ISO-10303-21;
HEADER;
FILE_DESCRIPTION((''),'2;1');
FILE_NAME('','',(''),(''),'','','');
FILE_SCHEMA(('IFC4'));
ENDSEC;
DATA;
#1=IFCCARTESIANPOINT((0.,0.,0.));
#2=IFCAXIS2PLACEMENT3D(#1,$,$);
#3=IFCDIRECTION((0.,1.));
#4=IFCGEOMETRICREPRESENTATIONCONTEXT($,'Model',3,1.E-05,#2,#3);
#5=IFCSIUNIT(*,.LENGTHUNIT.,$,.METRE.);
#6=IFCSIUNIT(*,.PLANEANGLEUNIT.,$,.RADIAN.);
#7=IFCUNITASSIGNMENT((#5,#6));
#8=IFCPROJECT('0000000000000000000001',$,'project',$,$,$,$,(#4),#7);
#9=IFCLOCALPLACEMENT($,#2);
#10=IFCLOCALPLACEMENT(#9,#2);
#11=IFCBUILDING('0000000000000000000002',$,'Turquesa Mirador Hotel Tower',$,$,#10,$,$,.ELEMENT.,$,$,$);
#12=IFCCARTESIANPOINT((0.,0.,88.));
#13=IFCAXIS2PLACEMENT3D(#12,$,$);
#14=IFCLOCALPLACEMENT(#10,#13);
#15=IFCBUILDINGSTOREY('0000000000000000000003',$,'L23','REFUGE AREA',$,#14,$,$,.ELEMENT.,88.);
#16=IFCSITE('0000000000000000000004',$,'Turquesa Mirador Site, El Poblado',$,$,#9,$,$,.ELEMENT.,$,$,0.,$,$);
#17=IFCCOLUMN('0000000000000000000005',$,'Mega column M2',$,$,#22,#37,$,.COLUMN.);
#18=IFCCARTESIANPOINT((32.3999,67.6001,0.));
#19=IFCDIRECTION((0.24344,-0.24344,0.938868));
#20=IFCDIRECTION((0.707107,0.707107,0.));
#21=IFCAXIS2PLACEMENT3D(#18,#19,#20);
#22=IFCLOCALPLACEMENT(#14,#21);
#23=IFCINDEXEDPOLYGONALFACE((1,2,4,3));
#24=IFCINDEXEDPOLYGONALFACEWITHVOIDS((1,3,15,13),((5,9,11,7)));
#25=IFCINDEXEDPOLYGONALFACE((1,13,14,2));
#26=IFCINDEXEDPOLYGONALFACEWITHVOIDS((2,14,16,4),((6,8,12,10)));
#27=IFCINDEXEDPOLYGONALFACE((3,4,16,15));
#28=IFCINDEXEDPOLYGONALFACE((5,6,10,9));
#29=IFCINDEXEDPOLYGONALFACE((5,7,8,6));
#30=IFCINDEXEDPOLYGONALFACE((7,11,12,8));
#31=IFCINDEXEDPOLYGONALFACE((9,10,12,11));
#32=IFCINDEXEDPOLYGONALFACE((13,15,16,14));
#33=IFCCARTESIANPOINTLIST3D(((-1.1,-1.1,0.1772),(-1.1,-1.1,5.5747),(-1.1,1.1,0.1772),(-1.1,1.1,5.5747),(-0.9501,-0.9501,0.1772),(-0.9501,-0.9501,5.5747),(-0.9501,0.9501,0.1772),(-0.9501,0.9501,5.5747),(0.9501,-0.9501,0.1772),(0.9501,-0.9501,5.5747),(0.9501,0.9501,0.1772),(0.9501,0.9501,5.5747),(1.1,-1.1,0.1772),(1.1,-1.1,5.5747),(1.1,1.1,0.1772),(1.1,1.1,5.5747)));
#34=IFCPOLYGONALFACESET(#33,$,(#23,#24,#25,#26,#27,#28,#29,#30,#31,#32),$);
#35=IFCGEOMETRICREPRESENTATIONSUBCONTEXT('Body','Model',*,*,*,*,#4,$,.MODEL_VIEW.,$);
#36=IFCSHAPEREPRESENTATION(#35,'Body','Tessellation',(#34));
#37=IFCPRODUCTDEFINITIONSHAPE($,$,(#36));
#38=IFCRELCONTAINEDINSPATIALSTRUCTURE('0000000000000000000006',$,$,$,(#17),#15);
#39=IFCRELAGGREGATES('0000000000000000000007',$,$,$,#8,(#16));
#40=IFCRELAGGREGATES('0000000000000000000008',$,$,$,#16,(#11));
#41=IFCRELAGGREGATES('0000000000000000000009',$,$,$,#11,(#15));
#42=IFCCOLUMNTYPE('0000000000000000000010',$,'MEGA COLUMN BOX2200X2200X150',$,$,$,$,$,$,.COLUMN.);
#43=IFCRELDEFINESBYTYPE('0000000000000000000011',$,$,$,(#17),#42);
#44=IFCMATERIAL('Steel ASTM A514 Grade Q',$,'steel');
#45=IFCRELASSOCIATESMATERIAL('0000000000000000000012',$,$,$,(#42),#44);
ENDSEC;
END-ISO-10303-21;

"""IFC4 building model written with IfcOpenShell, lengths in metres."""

from ifc_helpers import new_model, si_unit, direction, frame, origin, origin_2d, place, context, subcontext, project, spatial, hollow_rectangle, extrude, clip, halfspace, material, material_profile, profile_set, type_object, element, save


model = new_model("IFC4")

# Units and contexts
model_context = context("Model", 3, precision=1e-05, world=origin(), true_north=direction((0.0, 1.0)))
body_context = subcontext(model_context, "Body", "Model", "MODEL_VIEW")
ifc_project = project(units=[si_unit("LENGTHUNIT", "METRE"), si_unit("PLANEANGLEUNIT", "RADIAN")], contexts=[model_context])

# Site, building, storey
site_placement = place(None, origin())
site = spatial("IfcSite", under=ifc_project, at=site_placement, Name="Turquesa Mirador Site, El Poblado", CompositionType="ELEMENT", RefElevation=0.0)
building_placement = place(site_placement, origin())
building = spatial("IfcBuilding", under=site, at=building_placement, Name="Turquesa Mirador Hotel Tower", CompositionType="ELEMENT")
storey_placement = place(building_placement, frame((0.0, 0.0, 88.0)))
storey = spatial("IfcBuildingStorey", under=building, at=storey_placement, Name="L23", Description="REFUGE AREA", CompositionType="ELEMENT", Elevation=88.0)

# Column
ifc_material_1 = material(Name="Steel ASTM A514 Grade Q", Category="steel")
ifc_material_profile_1 = material_profile(ifc_material_1, hollow_rectangle(XDim=2.2, YDim=2.2, WallThickness=0.1499, at=origin_2d()), Name="BOX2200X2200X150")
ifc_profile_set_1 = profile_set([ifc_material_profile_1], Name="Steel ASTM A514 Grade Q")
column_type = type_object("IfcColumnType", Name="MEGA COLUMN BOX2200X2200X150", PredefinedType="COLUMN", material=ifc_profile_set_1)
column_placement = place(storey_placement, frame((32.3999, 67.6001, 0.0), z_axis=(0.24344, -0.24344, 0.938868), x_axis=(0.707107, 0.707107, 0.0)))
element("IfcColumn", 1, at=column_placement, inside=storey, type_object=column_type, Name="Mega column M2", PredefinedType="COLUMN", context=body_context, shape_type="Clipping", body=[
    clip(clip(extrude(hollow_rectangle(XDim=2.2, YDim=2.2, WallThickness=0.1499, at=origin_2d()), origin(), (0.0, 0.0, 1.0), 5.7515), halfspace(frame((0.0, 0.0, 0.1772), z_axis=(0.0, 0.0, -1.0), x_axis=(1.0, 0.0, 0.0)), False)), halfspace(frame((0.0, 0.0, 5.5747), z_axis=(0.0, 0.0, 1.0), x_axis=(1.0, 0.0, 0.0)), False)),
])

save(model, "model.ifc")
